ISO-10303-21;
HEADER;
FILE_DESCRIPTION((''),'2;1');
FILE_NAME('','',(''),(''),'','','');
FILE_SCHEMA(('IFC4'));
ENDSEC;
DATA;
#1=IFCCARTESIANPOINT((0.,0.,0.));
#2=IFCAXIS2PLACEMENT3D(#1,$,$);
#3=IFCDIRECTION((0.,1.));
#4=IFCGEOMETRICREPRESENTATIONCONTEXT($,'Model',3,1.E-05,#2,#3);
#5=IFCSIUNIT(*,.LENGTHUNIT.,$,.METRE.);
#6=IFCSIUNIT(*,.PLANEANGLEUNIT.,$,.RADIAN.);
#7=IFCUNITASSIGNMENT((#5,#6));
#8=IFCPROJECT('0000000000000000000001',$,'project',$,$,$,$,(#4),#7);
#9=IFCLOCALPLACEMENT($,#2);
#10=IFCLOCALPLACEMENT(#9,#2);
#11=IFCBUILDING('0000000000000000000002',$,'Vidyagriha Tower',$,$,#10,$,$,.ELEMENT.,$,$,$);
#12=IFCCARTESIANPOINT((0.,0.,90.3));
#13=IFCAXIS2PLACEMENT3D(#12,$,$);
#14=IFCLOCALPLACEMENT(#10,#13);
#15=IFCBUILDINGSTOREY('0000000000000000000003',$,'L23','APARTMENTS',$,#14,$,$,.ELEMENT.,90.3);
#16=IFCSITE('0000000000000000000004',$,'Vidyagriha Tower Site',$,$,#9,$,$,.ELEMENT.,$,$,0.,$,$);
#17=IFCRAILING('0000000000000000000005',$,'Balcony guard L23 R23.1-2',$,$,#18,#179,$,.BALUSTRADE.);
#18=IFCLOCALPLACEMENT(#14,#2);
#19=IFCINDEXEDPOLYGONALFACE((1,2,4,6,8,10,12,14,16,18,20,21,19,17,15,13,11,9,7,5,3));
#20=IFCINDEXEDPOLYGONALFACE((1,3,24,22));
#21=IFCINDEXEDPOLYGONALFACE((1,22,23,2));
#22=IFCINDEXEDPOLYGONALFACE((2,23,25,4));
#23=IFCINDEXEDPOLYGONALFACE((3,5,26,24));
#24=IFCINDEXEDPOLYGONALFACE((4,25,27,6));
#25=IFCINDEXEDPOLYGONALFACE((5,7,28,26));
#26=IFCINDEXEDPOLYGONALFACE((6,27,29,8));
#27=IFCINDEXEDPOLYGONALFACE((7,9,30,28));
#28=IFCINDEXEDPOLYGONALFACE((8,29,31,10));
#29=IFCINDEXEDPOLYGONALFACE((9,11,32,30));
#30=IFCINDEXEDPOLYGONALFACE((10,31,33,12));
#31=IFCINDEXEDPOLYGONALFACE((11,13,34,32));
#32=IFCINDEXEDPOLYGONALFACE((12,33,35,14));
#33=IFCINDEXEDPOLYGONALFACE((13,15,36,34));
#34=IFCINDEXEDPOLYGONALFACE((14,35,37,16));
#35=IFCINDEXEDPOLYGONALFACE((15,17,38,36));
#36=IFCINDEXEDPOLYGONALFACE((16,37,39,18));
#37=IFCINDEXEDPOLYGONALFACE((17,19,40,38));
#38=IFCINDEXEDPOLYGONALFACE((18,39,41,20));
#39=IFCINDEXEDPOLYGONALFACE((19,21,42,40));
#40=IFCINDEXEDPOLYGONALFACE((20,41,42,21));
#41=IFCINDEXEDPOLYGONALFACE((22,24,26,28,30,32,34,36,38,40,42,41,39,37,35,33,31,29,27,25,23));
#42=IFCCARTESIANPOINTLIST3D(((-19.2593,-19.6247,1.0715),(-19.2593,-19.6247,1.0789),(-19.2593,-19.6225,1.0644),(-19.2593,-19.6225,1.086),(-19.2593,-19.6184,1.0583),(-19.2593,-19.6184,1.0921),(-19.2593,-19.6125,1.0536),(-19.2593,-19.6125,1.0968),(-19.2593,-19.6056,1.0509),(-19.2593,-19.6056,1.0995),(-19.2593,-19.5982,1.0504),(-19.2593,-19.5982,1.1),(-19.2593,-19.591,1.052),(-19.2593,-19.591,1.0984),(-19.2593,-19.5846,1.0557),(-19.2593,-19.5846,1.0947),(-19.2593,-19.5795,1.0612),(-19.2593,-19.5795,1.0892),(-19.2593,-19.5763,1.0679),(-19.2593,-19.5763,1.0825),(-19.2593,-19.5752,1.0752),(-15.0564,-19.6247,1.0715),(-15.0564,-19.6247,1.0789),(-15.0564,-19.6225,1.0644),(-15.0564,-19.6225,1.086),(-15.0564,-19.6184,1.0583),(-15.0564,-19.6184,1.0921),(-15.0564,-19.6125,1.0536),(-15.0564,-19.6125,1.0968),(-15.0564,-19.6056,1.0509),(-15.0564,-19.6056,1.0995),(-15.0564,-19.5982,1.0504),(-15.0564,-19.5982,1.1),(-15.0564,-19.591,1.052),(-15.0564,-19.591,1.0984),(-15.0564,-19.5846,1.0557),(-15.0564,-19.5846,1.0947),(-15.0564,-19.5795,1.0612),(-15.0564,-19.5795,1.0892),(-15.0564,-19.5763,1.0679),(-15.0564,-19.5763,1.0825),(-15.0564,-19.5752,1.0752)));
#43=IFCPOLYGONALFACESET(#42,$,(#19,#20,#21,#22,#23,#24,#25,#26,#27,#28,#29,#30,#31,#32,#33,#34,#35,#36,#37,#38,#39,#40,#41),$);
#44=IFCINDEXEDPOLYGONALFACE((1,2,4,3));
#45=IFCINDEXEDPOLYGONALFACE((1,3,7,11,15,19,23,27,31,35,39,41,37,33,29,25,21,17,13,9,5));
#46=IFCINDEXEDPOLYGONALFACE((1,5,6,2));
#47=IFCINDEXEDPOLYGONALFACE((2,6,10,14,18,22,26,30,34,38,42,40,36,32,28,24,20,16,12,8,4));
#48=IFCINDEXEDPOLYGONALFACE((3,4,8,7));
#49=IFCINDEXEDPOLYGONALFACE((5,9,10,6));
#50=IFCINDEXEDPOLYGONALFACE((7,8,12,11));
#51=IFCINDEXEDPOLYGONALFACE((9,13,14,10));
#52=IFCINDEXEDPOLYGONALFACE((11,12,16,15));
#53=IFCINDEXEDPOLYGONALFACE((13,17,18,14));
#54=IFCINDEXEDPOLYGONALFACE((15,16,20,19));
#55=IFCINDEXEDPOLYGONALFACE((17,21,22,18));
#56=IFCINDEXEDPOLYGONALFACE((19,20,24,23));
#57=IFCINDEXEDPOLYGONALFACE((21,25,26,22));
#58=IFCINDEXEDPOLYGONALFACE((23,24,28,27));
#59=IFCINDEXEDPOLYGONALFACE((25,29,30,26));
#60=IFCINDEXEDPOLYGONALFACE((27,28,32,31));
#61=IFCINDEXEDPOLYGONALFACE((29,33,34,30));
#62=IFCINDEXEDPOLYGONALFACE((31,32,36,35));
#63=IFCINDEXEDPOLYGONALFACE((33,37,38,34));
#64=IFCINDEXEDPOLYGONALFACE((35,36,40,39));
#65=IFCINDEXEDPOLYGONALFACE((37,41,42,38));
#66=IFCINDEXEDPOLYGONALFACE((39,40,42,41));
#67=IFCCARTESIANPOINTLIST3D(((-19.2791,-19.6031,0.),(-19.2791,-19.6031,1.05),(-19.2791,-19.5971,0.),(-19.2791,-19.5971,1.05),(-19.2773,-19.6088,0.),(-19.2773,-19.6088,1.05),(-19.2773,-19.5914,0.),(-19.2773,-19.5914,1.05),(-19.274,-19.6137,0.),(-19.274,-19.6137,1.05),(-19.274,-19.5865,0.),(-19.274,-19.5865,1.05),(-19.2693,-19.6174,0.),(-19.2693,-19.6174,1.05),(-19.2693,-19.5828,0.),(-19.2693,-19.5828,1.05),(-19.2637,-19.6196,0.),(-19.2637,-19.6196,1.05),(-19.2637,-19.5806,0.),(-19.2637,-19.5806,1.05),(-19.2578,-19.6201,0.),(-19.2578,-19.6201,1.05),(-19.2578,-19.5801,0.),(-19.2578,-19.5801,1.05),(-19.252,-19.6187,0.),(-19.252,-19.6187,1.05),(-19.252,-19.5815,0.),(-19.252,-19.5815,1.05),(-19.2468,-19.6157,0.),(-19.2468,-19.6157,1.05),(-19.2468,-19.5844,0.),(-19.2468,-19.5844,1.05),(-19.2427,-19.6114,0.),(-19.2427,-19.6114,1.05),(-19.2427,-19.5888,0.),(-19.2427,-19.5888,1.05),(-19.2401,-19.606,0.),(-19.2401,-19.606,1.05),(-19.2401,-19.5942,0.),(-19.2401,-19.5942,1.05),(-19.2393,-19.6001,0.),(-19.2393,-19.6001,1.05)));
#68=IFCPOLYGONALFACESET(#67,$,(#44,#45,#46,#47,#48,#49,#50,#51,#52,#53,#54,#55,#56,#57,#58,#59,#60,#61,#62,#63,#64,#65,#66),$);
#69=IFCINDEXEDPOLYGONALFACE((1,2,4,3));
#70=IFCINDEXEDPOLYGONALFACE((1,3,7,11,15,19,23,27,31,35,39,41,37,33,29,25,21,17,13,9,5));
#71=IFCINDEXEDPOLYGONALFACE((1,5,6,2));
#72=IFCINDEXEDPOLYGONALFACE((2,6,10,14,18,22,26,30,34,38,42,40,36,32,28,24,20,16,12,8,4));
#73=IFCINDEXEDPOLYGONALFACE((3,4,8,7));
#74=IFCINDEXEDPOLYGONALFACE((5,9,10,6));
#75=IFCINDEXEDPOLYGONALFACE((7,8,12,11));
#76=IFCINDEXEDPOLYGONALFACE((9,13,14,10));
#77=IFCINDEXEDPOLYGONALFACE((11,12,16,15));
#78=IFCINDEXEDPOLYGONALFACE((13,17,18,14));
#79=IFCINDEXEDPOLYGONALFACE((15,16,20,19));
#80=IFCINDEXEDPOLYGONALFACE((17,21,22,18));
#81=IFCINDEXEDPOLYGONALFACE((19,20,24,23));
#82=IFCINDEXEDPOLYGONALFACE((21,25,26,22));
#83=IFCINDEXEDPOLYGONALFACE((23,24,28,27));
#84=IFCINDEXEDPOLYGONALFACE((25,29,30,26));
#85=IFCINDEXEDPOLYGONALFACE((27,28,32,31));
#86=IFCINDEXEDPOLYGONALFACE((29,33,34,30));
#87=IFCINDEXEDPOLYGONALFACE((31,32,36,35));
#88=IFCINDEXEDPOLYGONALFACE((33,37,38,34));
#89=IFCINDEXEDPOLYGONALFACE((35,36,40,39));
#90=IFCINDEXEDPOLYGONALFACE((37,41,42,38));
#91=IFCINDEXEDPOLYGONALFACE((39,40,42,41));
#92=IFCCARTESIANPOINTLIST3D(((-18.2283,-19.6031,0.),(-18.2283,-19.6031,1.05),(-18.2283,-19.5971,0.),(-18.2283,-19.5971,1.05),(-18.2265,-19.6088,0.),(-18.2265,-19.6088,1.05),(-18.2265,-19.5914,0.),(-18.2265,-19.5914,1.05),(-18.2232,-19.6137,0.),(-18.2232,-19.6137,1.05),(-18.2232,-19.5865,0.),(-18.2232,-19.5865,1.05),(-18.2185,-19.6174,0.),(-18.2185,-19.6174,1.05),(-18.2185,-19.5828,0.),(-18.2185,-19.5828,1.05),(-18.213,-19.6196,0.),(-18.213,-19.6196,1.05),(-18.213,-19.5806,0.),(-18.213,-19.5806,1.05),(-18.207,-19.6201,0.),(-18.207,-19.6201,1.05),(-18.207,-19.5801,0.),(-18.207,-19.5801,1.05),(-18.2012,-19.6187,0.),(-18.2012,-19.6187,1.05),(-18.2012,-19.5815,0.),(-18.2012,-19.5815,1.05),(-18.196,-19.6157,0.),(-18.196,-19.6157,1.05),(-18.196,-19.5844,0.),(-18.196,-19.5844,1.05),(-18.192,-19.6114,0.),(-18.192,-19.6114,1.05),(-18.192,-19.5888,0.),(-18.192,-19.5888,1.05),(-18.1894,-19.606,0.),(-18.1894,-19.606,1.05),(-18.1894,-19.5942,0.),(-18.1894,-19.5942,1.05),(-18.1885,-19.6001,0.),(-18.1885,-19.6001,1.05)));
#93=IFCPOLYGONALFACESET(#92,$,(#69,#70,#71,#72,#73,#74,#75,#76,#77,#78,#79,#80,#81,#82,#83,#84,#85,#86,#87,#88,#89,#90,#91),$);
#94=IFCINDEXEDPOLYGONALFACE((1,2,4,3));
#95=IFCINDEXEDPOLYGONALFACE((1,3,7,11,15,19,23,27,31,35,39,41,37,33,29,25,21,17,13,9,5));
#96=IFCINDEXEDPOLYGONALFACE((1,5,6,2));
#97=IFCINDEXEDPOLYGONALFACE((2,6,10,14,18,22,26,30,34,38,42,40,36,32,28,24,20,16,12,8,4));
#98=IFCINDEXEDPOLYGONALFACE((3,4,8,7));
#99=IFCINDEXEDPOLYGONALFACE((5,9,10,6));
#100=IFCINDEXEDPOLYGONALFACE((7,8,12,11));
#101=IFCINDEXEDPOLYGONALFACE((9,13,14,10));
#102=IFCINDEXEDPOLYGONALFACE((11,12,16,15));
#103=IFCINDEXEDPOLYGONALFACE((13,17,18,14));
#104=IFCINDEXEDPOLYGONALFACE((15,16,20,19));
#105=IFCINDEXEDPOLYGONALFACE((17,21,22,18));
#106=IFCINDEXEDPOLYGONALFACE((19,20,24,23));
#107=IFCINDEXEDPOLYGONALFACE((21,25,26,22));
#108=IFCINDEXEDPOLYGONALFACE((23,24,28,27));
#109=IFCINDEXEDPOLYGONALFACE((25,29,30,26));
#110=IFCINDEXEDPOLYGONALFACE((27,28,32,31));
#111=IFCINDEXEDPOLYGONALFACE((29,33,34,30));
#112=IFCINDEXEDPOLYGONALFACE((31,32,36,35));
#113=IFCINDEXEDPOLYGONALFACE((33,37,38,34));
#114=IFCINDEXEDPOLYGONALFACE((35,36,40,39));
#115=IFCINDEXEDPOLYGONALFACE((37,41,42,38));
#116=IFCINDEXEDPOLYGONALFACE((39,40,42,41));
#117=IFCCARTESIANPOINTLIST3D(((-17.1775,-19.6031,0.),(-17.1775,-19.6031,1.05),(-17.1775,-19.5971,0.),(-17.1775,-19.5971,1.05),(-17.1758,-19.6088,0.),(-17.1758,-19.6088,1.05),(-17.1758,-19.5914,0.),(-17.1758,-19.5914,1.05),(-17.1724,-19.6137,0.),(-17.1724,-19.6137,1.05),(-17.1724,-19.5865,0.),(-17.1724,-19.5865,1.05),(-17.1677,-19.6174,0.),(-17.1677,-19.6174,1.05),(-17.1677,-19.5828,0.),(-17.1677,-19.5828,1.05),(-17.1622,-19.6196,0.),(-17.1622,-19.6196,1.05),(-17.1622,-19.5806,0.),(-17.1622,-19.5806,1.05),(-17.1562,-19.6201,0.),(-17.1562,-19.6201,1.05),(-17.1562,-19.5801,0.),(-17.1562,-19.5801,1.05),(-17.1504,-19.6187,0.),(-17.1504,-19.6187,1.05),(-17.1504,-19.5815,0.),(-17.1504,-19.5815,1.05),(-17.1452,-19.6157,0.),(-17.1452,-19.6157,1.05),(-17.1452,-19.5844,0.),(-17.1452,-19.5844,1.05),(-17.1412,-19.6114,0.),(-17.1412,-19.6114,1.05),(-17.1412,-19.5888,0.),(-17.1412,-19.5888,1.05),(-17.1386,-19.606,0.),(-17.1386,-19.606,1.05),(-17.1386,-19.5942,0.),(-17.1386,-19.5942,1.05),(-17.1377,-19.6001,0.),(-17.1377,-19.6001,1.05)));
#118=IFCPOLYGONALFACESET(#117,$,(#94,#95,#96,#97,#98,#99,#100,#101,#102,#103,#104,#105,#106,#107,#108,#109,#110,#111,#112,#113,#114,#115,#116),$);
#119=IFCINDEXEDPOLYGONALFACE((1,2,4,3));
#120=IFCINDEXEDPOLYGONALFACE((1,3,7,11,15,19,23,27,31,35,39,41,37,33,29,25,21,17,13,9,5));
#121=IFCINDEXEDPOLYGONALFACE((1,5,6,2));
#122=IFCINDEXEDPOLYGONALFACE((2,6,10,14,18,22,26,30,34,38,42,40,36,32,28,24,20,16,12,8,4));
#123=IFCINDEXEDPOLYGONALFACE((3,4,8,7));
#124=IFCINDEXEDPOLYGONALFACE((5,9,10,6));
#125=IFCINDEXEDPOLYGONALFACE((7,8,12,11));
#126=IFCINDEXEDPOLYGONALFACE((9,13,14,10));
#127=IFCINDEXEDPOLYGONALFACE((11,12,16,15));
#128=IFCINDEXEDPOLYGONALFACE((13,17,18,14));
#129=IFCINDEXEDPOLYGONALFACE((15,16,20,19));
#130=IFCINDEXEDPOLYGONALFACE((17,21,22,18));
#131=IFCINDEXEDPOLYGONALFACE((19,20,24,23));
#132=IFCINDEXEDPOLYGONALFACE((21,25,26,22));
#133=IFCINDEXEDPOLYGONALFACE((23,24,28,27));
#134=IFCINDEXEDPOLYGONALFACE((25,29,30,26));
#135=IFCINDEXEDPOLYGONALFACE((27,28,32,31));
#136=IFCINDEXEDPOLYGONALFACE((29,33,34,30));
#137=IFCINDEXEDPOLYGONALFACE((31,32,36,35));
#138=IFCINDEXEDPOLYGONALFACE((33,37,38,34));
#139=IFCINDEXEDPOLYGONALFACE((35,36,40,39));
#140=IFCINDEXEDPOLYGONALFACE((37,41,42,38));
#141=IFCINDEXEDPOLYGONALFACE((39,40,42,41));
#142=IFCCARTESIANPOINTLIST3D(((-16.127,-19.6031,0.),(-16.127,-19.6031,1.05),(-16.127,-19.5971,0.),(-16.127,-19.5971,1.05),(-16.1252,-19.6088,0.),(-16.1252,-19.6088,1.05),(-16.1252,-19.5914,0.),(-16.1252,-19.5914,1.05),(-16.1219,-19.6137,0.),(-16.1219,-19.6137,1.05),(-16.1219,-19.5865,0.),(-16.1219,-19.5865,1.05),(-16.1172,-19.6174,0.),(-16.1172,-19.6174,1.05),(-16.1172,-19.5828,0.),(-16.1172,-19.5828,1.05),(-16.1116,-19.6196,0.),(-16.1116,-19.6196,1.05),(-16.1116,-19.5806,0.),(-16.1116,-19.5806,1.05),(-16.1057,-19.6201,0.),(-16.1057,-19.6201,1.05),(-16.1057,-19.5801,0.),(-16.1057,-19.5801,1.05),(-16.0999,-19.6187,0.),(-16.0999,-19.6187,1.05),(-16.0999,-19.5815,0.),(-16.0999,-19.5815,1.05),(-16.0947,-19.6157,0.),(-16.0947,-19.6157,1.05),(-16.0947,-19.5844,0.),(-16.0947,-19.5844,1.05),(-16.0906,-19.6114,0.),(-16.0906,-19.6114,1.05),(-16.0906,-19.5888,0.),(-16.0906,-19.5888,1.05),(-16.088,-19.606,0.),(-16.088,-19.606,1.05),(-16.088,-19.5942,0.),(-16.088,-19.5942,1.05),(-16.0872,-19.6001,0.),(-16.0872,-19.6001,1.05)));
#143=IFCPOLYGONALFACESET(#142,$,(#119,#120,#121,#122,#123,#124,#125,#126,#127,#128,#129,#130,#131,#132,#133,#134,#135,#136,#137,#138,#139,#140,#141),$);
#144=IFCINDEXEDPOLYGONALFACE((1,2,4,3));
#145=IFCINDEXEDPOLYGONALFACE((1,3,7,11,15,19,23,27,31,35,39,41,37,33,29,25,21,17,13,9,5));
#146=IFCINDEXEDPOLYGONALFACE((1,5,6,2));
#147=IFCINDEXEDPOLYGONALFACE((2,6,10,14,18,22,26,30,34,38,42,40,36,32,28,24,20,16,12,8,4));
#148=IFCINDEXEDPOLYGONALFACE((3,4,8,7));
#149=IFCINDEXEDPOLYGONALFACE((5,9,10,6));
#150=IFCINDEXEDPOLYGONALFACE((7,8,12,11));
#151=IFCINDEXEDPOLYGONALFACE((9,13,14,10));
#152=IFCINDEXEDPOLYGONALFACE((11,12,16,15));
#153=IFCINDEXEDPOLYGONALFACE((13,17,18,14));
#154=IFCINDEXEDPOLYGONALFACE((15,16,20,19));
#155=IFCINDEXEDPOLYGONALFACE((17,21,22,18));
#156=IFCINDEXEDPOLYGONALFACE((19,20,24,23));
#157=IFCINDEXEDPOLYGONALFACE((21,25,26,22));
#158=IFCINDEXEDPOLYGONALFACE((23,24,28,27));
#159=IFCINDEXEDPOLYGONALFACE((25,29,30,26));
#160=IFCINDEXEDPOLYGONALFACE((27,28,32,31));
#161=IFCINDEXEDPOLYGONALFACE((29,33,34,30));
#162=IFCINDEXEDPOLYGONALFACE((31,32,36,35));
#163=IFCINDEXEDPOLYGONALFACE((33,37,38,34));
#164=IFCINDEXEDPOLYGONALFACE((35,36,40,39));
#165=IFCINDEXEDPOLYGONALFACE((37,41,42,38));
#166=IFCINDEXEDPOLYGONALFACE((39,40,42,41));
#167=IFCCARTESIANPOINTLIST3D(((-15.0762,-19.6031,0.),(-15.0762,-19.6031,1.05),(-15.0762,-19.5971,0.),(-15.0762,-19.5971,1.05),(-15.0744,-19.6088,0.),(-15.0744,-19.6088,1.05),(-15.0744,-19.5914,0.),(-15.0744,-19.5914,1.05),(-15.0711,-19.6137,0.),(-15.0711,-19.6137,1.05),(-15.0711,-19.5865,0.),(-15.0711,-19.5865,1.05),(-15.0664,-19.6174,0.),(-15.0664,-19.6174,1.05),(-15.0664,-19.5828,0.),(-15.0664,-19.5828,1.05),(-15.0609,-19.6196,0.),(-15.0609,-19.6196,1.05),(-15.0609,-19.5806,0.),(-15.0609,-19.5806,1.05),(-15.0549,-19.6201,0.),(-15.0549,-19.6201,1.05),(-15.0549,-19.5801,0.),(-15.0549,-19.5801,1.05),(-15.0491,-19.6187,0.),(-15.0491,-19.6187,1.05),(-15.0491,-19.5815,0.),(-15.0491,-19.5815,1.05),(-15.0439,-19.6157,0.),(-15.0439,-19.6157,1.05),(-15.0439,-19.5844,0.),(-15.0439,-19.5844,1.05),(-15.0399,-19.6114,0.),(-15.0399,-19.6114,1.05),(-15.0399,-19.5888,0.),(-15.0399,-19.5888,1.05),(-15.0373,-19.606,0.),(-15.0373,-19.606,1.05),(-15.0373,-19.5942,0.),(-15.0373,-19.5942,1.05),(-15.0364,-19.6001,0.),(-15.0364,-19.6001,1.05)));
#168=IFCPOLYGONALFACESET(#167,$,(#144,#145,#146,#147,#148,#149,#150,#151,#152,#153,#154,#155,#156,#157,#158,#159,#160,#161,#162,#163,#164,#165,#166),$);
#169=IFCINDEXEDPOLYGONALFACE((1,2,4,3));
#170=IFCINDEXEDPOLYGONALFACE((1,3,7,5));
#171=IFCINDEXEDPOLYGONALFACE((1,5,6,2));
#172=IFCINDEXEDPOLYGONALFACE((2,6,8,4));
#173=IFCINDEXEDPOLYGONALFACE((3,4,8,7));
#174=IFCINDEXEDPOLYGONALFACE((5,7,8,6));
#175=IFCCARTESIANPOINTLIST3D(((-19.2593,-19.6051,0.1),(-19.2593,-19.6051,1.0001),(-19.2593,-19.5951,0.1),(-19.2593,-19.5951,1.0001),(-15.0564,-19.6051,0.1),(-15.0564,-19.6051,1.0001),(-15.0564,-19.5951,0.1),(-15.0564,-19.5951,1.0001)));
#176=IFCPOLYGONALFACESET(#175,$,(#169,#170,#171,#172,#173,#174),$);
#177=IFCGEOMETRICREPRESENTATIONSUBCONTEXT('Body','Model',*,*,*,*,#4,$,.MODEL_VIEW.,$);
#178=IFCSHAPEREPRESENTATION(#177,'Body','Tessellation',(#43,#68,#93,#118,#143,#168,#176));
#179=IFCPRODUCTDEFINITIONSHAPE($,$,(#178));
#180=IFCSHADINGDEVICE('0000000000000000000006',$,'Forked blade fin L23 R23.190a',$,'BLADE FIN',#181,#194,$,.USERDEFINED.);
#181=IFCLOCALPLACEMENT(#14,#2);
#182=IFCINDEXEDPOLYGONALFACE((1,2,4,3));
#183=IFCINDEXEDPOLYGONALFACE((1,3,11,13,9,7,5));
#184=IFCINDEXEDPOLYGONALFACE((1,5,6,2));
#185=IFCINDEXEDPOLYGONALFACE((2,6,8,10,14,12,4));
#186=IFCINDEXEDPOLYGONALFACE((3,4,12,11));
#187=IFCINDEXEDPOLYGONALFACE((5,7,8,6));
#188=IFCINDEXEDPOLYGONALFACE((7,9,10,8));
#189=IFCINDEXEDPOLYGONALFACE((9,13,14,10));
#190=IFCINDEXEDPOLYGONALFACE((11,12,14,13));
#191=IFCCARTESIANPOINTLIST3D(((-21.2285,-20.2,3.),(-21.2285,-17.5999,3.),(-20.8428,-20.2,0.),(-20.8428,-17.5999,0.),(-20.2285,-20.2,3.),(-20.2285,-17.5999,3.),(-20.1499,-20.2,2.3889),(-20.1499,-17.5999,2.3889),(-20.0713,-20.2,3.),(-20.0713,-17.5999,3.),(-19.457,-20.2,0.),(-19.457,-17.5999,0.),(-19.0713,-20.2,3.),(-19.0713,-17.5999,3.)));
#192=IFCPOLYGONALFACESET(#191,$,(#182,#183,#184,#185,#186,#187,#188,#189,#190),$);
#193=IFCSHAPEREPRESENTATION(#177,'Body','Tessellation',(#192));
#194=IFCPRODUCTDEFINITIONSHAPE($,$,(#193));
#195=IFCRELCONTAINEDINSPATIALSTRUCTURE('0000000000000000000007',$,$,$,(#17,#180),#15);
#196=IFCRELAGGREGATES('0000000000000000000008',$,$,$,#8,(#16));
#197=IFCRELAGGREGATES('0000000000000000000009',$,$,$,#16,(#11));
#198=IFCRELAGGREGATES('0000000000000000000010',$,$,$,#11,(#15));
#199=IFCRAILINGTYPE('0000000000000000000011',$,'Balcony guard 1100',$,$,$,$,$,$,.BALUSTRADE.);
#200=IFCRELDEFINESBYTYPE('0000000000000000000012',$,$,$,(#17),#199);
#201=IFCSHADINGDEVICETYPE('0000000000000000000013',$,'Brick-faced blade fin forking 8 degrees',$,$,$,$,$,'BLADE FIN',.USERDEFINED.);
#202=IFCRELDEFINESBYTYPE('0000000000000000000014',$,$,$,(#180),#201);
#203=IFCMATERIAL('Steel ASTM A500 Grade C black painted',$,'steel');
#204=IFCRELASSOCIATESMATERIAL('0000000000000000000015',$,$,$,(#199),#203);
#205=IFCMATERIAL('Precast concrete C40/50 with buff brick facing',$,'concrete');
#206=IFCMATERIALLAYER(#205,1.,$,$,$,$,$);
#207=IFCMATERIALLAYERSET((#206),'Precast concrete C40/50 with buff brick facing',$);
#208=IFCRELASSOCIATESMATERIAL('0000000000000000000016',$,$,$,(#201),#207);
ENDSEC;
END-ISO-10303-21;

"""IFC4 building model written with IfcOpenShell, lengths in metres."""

from ifc_helpers import new_model, si_unit, direction, frame, origin, origin_2d, place, context, subcontext, project, spatial, polyline, rectangle, circle, outline, extrude, material, layer, layer_set, type_object, element, save


model = new_model("IFC4")

# Units and contexts
model_context = context("Model", 3, precision=1e-05, world=origin(), true_north=direction((0.0, 1.0)))
body_context = subcontext(model_context, "Body", "Model", "MODEL_VIEW")
ifc_project = project(units=[si_unit("LENGTHUNIT", "METRE"), si_unit("PLANEANGLEUNIT", "RADIAN")], contexts=[model_context])

# Site, building, storey
site_placement = place(None, origin())
site = spatial("IfcSite", under=ifc_project, at=site_placement, Name="Vidyagriha Tower Site", CompositionType="ELEMENT", RefElevation=0.0)
building_placement = place(site_placement, origin())
building = spatial("IfcBuilding", under=site, at=building_placement, Name="Vidyagriha Tower", CompositionType="ELEMENT")
storey_placement = place(building_placement, frame((0.0, 0.0, 90.3)))
storey = spatial("IfcBuildingStorey", under=building, at=storey_placement, Name="L23", Description="APARTMENTS", CompositionType="ELEMENT", Elevation=90.3)

# Railing
ifc_material_1 = material(Name="Steel ASTM A500 Grade C black painted", Category="steel")
railing_type_1 = type_object("IfcRailingType", Name="Balcony guard 1100", PredefinedType="BALUSTRADE", material=ifc_material_1)
railing_1_placement = place(storey_placement, frame((-19.2593, -19.6001, 0.0)))
element("IfcRailing", 1, at=railing_1_placement, inside=storey, type_object=railing_type_1, Name="Balcony guard L23 R23.1-2", PredefinedType="BALUSTRADE", context=body_context, shape_type="SweptSolid", body=[
    extrude(circle(Radius=0.0249, at=origin_2d()), frame((0.0, 0.0, 1.0752), z_axis=(1.0, 0.0, 0.0), x_axis=(0.0, 1.0, 0.0)), (0.0, 0.0, 1.0), 4.2029),
    extrude(circle(Radius=0.02, at=origin_2d()), origin(), (0.0, 0.0, 1.0), 1.05),
    extrude(circle(Radius=0.02, at=origin_2d()), frame((1.0508, 0.0, 0.0)), (0.0, 0.0, 1.0), 1.05),
    extrude(circle(Radius=0.02, at=origin_2d()), frame((2.1016, 0.0, 0.0)), (0.0, 0.0, 1.0), 1.05),
    extrude(circle(Radius=0.02, at=origin_2d()), frame((3.1521, 0.0, 0.0)), (0.0, 0.0, 1.0), 1.05),
    extrude(circle(Radius=0.02, at=origin_2d()), frame((4.2029, 0.0, 0.0)), (0.0, 0.0, 1.0), 1.05),
    extrude(rectangle(XDim=0.01, YDim=0.9001, at=origin_2d()), frame((0.0, 0.0, 0.55), z_axis=(1.0, 0.0, 0.0), x_axis=(0.0, 1.0, 0.0)), (0.0, 0.0, 1.0), 4.2029),
])

# Shading device
ifc_material_2 = material(Name="Precast concrete C40/50 with buff brick facing", Category="concrete")
ifc_layer_1 = layer(ifc_material_2, 1.0)
ifc_layer_set_1 = layer_set([ifc_layer_1], Name="Precast concrete C40/50 with buff brick facing")
shading_device_type = type_object("IfcShadingDeviceType", Name="Brick-faced blade fin forking 8 degrees", ElementType="BLADE FIN", PredefinedType="USERDEFINED", material=ifc_layer_set_1)
shading_device_placement = place(storey_placement, frame((-21.2285, -18.8999, 0.0)))
element("IfcShadingDevice", 2, at=shading_device_placement, inside=storey, type_object=shading_device_type, Name="Forked blade fin L23 R23.190a", ObjectType="BLADE FIN", PredefinedType="USERDEFINED", context=body_context, shape_type="SweptSolid", body=[
    extrude(outline(polyline([(0.3857, 0.0), (1.7715, 0.0), (2.1572, 3.0), (1.1572, 3.0), (1.0786, 2.3889), (1.0, 3.0), (0.0, 3.0), (0.3857, 0.0)])), frame((0.0, 1.3, 0.0), z_axis=(0.0, -1.0, 0.0), x_axis=(1.0, 0.0, 0.0)), (0.0, 0.0, 1.0), 2.6001),
])

save(model, "model.ifc")
